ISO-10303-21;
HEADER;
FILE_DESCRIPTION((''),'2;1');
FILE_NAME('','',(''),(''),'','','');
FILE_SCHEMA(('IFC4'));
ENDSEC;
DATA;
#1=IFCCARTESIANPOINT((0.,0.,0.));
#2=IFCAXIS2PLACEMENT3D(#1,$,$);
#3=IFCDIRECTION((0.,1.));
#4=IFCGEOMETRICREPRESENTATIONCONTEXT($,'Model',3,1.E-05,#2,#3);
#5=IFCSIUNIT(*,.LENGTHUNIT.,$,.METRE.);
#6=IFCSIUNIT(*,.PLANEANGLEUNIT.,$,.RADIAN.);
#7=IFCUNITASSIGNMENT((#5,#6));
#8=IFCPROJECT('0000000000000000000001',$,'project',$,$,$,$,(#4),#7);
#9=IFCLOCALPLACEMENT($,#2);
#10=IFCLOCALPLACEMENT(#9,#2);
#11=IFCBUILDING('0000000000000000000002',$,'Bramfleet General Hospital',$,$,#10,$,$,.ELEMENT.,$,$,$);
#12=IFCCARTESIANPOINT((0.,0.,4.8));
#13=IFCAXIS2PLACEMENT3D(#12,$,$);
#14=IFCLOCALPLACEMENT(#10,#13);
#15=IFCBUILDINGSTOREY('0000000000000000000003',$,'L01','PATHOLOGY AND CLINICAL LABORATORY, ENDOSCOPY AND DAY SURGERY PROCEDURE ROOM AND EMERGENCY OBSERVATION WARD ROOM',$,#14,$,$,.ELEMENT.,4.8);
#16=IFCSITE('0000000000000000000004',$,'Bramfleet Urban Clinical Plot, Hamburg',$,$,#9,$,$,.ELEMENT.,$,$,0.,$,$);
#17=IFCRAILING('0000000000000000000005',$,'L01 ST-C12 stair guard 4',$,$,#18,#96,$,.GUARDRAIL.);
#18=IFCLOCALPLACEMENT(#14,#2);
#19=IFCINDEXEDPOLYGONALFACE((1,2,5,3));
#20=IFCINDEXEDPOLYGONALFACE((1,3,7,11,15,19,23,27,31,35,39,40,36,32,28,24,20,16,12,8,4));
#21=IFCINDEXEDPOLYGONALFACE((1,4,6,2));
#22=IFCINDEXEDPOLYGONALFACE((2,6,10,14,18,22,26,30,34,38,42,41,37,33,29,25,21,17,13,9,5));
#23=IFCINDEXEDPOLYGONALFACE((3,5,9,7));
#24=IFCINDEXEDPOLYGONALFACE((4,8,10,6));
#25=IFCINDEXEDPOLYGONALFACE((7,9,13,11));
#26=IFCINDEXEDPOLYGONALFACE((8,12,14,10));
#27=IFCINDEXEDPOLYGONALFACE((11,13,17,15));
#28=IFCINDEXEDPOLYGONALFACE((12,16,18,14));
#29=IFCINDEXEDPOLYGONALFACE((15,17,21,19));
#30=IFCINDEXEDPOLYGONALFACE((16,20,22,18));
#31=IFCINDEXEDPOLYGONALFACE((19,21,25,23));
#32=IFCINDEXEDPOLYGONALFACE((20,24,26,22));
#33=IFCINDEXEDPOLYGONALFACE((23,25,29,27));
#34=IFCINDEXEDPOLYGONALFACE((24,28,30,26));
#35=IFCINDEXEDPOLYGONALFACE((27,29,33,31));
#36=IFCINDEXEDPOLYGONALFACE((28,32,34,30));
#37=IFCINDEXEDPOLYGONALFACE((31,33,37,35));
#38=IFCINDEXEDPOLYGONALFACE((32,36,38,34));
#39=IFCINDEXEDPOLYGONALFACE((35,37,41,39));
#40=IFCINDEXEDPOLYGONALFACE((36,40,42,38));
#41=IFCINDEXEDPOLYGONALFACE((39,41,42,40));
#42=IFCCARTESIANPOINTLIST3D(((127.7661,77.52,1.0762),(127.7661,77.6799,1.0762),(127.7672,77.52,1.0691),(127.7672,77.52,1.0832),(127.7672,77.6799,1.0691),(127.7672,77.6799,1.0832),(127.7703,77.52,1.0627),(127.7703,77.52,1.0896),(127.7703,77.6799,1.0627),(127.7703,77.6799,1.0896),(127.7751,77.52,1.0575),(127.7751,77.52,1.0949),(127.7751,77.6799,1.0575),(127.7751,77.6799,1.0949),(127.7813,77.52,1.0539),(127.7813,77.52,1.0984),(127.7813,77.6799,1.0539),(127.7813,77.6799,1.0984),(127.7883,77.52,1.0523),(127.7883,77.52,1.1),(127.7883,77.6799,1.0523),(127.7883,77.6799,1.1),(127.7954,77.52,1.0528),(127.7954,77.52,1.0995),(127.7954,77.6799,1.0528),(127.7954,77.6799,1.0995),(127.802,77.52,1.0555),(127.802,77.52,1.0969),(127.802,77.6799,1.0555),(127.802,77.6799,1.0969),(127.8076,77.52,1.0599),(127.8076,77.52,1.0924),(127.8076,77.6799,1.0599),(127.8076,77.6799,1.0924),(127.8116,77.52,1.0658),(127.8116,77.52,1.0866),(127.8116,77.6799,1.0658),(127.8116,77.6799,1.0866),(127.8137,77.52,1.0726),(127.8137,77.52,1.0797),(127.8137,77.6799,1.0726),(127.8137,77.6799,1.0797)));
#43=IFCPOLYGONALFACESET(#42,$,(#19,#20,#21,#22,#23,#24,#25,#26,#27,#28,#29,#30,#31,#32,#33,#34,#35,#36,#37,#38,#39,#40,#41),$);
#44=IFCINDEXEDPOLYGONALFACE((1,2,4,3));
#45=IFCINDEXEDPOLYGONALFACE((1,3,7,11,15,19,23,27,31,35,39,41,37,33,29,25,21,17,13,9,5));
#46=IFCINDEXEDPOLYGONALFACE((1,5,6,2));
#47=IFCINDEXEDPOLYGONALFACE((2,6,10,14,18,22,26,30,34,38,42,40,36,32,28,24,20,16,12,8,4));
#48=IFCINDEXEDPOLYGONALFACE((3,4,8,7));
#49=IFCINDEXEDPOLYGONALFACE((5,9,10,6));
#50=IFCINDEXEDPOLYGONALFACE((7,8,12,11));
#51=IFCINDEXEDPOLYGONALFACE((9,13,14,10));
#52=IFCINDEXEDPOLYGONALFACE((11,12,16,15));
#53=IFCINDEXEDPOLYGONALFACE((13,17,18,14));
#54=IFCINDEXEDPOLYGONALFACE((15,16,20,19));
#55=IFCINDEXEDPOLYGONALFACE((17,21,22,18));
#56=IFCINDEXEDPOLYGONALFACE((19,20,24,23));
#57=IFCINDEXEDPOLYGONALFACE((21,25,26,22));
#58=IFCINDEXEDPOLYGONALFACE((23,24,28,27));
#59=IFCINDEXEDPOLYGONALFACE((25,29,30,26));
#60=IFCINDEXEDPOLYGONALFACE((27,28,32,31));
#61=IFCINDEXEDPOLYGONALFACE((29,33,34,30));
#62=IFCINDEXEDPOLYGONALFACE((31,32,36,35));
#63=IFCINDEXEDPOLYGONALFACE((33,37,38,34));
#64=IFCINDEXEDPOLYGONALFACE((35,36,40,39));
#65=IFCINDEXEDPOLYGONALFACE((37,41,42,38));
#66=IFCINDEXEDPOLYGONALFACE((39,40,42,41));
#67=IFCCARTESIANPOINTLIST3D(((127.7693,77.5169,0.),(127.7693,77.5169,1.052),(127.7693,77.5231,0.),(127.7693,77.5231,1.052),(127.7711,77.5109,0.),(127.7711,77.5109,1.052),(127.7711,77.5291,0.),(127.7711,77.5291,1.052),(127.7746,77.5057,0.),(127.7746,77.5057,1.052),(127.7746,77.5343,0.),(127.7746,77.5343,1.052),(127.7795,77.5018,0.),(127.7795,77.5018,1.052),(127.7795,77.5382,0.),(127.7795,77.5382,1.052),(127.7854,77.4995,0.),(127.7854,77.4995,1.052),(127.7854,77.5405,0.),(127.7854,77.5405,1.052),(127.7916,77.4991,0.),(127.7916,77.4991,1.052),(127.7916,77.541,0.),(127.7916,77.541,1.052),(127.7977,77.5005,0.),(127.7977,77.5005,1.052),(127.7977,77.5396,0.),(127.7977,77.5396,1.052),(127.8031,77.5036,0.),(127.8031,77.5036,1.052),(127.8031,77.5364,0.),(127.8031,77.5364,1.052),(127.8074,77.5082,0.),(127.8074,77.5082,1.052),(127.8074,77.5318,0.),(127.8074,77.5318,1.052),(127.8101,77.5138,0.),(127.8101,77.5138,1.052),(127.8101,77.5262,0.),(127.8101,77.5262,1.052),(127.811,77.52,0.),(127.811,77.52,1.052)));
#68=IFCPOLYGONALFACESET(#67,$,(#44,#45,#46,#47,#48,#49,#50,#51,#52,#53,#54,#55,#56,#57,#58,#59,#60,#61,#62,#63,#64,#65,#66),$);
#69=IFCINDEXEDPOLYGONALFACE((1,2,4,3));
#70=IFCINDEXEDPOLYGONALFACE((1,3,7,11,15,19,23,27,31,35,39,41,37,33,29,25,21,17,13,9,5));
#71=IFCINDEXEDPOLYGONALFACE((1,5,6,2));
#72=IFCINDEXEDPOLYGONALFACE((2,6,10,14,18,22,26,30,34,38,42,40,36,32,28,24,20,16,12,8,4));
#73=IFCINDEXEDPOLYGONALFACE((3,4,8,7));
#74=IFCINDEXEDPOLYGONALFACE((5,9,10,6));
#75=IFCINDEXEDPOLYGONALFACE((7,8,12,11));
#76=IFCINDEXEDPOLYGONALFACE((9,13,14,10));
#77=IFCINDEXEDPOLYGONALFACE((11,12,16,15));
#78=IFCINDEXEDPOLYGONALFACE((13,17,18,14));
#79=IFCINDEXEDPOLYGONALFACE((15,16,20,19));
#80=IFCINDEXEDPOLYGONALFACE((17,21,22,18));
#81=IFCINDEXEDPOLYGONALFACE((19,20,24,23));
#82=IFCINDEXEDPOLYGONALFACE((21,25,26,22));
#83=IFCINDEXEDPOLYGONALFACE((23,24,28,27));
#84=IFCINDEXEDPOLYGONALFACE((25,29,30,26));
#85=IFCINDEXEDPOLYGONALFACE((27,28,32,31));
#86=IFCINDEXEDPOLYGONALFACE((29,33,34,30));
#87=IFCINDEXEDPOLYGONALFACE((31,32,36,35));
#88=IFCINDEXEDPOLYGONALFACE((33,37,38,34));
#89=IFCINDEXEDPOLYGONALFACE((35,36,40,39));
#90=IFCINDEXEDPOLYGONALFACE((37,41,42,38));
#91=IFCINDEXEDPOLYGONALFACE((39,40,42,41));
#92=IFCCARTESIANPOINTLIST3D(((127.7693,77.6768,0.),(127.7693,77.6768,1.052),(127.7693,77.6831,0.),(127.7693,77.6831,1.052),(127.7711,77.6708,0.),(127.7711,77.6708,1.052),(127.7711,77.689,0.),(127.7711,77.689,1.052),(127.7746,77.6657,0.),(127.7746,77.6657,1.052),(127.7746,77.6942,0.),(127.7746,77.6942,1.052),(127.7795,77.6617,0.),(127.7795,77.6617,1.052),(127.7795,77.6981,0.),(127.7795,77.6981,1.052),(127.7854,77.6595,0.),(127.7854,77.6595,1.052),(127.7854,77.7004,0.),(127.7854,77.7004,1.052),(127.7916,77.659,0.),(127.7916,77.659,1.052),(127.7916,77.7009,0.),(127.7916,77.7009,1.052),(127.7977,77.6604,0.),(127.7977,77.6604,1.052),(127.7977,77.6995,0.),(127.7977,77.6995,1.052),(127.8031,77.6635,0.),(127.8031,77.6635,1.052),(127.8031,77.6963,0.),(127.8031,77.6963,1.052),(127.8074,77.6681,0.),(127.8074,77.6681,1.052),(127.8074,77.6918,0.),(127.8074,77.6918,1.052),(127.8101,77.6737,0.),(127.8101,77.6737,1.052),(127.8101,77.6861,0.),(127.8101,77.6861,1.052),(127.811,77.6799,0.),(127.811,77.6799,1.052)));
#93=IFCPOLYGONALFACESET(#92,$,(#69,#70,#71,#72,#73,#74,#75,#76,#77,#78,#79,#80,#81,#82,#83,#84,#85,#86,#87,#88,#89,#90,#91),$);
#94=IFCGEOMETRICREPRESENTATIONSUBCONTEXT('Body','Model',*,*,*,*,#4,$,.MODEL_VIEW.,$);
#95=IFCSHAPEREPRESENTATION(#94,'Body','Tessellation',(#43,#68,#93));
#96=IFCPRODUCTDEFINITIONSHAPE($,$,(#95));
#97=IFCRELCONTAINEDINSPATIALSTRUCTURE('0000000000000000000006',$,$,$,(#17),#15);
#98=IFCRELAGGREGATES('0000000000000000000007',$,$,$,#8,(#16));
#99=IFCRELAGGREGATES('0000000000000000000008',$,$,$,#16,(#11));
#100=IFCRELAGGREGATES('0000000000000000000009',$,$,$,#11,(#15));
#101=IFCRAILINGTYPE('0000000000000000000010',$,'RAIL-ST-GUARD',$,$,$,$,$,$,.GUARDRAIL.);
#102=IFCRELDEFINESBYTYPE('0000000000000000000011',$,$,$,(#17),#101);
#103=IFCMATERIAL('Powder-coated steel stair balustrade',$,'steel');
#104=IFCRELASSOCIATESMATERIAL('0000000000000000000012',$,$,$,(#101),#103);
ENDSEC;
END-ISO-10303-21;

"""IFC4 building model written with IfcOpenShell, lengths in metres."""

from ifc_helpers import new_model, si_unit, direction, frame, origin, origin_2d, place, context, subcontext, project, spatial, circle, extrude, material, type_object, element, save


model = new_model("IFC4")

# Units and contexts
model_context = context("Model", 3, precision=1e-05, world=origin(), true_north=direction((0.0, 1.0)))
body_context = subcontext(model_context, "Body", "Model", "MODEL_VIEW")
ifc_project = project(units=[si_unit("LENGTHUNIT", "METRE"), si_unit("PLANEANGLEUNIT", "RADIAN")], contexts=[model_context])

# Site, building, storey
site_placement = place(None, origin())
site = spatial("IfcSite", under=ifc_project, at=site_placement, Name="Bramfleet Urban Clinical Plot, Hamburg", CompositionType="ELEMENT", RefElevation=0.0)
building_placement = place(site_placement, origin())
building = spatial("IfcBuilding", under=site, at=building_placement, Name="Bramfleet General Hospital", CompositionType="ELEMENT")
storey_placement = place(building_placement, frame((0.0, 0.0, 4.8)))
storey = spatial("IfcBuildingStorey", under=building, at=storey_placement, Name="L01", Description="PATHOLOGY AND CLINICAL LABORATORY, ENDOSCOPY AND DAY SURGERY PROCEDURE ROOM AND EMERGENCY OBSERVATION WARD ROOM", CompositionType="ELEMENT", Elevation=4.8)

# Railing
ifc_material_1 = material(Name="Powder-coated steel stair balustrade", Category="steel")
railing_type_1 = type_object("IfcRailingType", Name="RAIL-ST-GUARD", PredefinedType="GUARDRAIL", material=ifc_material_1)
railing_1_placement = place(storey_placement, frame((127.79, 77.52, 0.0)))
element("IfcRailing", 1, at=railing_1_placement, inside=storey, type_object=railing_type_1, Name="L01 ST-C12 stair guard 4", PredefinedType="GUARDRAIL", context=body_context, shape_type="SweptSolid", body=[
    extrude(circle(Radius=0.0239, at=origin_2d()), frame((0.0, 0.0, 1.0762), z_axis=(0.0, 1.0, 0.0), x_axis=(-1.0, 0.0, 0.0)), (0.0, 0.0, 1.0), 0.1599),
    extrude(circle(Radius=0.021, at=origin_2d()), origin(), (0.0, 0.0, 1.0), 1.052),
    extrude(circle(Radius=0.021, at=origin_2d()), frame((0.0, 0.1599, 0.0)), (0.0, 0.0, 1.0), 1.052),
])

save(model, "model.ifc")
